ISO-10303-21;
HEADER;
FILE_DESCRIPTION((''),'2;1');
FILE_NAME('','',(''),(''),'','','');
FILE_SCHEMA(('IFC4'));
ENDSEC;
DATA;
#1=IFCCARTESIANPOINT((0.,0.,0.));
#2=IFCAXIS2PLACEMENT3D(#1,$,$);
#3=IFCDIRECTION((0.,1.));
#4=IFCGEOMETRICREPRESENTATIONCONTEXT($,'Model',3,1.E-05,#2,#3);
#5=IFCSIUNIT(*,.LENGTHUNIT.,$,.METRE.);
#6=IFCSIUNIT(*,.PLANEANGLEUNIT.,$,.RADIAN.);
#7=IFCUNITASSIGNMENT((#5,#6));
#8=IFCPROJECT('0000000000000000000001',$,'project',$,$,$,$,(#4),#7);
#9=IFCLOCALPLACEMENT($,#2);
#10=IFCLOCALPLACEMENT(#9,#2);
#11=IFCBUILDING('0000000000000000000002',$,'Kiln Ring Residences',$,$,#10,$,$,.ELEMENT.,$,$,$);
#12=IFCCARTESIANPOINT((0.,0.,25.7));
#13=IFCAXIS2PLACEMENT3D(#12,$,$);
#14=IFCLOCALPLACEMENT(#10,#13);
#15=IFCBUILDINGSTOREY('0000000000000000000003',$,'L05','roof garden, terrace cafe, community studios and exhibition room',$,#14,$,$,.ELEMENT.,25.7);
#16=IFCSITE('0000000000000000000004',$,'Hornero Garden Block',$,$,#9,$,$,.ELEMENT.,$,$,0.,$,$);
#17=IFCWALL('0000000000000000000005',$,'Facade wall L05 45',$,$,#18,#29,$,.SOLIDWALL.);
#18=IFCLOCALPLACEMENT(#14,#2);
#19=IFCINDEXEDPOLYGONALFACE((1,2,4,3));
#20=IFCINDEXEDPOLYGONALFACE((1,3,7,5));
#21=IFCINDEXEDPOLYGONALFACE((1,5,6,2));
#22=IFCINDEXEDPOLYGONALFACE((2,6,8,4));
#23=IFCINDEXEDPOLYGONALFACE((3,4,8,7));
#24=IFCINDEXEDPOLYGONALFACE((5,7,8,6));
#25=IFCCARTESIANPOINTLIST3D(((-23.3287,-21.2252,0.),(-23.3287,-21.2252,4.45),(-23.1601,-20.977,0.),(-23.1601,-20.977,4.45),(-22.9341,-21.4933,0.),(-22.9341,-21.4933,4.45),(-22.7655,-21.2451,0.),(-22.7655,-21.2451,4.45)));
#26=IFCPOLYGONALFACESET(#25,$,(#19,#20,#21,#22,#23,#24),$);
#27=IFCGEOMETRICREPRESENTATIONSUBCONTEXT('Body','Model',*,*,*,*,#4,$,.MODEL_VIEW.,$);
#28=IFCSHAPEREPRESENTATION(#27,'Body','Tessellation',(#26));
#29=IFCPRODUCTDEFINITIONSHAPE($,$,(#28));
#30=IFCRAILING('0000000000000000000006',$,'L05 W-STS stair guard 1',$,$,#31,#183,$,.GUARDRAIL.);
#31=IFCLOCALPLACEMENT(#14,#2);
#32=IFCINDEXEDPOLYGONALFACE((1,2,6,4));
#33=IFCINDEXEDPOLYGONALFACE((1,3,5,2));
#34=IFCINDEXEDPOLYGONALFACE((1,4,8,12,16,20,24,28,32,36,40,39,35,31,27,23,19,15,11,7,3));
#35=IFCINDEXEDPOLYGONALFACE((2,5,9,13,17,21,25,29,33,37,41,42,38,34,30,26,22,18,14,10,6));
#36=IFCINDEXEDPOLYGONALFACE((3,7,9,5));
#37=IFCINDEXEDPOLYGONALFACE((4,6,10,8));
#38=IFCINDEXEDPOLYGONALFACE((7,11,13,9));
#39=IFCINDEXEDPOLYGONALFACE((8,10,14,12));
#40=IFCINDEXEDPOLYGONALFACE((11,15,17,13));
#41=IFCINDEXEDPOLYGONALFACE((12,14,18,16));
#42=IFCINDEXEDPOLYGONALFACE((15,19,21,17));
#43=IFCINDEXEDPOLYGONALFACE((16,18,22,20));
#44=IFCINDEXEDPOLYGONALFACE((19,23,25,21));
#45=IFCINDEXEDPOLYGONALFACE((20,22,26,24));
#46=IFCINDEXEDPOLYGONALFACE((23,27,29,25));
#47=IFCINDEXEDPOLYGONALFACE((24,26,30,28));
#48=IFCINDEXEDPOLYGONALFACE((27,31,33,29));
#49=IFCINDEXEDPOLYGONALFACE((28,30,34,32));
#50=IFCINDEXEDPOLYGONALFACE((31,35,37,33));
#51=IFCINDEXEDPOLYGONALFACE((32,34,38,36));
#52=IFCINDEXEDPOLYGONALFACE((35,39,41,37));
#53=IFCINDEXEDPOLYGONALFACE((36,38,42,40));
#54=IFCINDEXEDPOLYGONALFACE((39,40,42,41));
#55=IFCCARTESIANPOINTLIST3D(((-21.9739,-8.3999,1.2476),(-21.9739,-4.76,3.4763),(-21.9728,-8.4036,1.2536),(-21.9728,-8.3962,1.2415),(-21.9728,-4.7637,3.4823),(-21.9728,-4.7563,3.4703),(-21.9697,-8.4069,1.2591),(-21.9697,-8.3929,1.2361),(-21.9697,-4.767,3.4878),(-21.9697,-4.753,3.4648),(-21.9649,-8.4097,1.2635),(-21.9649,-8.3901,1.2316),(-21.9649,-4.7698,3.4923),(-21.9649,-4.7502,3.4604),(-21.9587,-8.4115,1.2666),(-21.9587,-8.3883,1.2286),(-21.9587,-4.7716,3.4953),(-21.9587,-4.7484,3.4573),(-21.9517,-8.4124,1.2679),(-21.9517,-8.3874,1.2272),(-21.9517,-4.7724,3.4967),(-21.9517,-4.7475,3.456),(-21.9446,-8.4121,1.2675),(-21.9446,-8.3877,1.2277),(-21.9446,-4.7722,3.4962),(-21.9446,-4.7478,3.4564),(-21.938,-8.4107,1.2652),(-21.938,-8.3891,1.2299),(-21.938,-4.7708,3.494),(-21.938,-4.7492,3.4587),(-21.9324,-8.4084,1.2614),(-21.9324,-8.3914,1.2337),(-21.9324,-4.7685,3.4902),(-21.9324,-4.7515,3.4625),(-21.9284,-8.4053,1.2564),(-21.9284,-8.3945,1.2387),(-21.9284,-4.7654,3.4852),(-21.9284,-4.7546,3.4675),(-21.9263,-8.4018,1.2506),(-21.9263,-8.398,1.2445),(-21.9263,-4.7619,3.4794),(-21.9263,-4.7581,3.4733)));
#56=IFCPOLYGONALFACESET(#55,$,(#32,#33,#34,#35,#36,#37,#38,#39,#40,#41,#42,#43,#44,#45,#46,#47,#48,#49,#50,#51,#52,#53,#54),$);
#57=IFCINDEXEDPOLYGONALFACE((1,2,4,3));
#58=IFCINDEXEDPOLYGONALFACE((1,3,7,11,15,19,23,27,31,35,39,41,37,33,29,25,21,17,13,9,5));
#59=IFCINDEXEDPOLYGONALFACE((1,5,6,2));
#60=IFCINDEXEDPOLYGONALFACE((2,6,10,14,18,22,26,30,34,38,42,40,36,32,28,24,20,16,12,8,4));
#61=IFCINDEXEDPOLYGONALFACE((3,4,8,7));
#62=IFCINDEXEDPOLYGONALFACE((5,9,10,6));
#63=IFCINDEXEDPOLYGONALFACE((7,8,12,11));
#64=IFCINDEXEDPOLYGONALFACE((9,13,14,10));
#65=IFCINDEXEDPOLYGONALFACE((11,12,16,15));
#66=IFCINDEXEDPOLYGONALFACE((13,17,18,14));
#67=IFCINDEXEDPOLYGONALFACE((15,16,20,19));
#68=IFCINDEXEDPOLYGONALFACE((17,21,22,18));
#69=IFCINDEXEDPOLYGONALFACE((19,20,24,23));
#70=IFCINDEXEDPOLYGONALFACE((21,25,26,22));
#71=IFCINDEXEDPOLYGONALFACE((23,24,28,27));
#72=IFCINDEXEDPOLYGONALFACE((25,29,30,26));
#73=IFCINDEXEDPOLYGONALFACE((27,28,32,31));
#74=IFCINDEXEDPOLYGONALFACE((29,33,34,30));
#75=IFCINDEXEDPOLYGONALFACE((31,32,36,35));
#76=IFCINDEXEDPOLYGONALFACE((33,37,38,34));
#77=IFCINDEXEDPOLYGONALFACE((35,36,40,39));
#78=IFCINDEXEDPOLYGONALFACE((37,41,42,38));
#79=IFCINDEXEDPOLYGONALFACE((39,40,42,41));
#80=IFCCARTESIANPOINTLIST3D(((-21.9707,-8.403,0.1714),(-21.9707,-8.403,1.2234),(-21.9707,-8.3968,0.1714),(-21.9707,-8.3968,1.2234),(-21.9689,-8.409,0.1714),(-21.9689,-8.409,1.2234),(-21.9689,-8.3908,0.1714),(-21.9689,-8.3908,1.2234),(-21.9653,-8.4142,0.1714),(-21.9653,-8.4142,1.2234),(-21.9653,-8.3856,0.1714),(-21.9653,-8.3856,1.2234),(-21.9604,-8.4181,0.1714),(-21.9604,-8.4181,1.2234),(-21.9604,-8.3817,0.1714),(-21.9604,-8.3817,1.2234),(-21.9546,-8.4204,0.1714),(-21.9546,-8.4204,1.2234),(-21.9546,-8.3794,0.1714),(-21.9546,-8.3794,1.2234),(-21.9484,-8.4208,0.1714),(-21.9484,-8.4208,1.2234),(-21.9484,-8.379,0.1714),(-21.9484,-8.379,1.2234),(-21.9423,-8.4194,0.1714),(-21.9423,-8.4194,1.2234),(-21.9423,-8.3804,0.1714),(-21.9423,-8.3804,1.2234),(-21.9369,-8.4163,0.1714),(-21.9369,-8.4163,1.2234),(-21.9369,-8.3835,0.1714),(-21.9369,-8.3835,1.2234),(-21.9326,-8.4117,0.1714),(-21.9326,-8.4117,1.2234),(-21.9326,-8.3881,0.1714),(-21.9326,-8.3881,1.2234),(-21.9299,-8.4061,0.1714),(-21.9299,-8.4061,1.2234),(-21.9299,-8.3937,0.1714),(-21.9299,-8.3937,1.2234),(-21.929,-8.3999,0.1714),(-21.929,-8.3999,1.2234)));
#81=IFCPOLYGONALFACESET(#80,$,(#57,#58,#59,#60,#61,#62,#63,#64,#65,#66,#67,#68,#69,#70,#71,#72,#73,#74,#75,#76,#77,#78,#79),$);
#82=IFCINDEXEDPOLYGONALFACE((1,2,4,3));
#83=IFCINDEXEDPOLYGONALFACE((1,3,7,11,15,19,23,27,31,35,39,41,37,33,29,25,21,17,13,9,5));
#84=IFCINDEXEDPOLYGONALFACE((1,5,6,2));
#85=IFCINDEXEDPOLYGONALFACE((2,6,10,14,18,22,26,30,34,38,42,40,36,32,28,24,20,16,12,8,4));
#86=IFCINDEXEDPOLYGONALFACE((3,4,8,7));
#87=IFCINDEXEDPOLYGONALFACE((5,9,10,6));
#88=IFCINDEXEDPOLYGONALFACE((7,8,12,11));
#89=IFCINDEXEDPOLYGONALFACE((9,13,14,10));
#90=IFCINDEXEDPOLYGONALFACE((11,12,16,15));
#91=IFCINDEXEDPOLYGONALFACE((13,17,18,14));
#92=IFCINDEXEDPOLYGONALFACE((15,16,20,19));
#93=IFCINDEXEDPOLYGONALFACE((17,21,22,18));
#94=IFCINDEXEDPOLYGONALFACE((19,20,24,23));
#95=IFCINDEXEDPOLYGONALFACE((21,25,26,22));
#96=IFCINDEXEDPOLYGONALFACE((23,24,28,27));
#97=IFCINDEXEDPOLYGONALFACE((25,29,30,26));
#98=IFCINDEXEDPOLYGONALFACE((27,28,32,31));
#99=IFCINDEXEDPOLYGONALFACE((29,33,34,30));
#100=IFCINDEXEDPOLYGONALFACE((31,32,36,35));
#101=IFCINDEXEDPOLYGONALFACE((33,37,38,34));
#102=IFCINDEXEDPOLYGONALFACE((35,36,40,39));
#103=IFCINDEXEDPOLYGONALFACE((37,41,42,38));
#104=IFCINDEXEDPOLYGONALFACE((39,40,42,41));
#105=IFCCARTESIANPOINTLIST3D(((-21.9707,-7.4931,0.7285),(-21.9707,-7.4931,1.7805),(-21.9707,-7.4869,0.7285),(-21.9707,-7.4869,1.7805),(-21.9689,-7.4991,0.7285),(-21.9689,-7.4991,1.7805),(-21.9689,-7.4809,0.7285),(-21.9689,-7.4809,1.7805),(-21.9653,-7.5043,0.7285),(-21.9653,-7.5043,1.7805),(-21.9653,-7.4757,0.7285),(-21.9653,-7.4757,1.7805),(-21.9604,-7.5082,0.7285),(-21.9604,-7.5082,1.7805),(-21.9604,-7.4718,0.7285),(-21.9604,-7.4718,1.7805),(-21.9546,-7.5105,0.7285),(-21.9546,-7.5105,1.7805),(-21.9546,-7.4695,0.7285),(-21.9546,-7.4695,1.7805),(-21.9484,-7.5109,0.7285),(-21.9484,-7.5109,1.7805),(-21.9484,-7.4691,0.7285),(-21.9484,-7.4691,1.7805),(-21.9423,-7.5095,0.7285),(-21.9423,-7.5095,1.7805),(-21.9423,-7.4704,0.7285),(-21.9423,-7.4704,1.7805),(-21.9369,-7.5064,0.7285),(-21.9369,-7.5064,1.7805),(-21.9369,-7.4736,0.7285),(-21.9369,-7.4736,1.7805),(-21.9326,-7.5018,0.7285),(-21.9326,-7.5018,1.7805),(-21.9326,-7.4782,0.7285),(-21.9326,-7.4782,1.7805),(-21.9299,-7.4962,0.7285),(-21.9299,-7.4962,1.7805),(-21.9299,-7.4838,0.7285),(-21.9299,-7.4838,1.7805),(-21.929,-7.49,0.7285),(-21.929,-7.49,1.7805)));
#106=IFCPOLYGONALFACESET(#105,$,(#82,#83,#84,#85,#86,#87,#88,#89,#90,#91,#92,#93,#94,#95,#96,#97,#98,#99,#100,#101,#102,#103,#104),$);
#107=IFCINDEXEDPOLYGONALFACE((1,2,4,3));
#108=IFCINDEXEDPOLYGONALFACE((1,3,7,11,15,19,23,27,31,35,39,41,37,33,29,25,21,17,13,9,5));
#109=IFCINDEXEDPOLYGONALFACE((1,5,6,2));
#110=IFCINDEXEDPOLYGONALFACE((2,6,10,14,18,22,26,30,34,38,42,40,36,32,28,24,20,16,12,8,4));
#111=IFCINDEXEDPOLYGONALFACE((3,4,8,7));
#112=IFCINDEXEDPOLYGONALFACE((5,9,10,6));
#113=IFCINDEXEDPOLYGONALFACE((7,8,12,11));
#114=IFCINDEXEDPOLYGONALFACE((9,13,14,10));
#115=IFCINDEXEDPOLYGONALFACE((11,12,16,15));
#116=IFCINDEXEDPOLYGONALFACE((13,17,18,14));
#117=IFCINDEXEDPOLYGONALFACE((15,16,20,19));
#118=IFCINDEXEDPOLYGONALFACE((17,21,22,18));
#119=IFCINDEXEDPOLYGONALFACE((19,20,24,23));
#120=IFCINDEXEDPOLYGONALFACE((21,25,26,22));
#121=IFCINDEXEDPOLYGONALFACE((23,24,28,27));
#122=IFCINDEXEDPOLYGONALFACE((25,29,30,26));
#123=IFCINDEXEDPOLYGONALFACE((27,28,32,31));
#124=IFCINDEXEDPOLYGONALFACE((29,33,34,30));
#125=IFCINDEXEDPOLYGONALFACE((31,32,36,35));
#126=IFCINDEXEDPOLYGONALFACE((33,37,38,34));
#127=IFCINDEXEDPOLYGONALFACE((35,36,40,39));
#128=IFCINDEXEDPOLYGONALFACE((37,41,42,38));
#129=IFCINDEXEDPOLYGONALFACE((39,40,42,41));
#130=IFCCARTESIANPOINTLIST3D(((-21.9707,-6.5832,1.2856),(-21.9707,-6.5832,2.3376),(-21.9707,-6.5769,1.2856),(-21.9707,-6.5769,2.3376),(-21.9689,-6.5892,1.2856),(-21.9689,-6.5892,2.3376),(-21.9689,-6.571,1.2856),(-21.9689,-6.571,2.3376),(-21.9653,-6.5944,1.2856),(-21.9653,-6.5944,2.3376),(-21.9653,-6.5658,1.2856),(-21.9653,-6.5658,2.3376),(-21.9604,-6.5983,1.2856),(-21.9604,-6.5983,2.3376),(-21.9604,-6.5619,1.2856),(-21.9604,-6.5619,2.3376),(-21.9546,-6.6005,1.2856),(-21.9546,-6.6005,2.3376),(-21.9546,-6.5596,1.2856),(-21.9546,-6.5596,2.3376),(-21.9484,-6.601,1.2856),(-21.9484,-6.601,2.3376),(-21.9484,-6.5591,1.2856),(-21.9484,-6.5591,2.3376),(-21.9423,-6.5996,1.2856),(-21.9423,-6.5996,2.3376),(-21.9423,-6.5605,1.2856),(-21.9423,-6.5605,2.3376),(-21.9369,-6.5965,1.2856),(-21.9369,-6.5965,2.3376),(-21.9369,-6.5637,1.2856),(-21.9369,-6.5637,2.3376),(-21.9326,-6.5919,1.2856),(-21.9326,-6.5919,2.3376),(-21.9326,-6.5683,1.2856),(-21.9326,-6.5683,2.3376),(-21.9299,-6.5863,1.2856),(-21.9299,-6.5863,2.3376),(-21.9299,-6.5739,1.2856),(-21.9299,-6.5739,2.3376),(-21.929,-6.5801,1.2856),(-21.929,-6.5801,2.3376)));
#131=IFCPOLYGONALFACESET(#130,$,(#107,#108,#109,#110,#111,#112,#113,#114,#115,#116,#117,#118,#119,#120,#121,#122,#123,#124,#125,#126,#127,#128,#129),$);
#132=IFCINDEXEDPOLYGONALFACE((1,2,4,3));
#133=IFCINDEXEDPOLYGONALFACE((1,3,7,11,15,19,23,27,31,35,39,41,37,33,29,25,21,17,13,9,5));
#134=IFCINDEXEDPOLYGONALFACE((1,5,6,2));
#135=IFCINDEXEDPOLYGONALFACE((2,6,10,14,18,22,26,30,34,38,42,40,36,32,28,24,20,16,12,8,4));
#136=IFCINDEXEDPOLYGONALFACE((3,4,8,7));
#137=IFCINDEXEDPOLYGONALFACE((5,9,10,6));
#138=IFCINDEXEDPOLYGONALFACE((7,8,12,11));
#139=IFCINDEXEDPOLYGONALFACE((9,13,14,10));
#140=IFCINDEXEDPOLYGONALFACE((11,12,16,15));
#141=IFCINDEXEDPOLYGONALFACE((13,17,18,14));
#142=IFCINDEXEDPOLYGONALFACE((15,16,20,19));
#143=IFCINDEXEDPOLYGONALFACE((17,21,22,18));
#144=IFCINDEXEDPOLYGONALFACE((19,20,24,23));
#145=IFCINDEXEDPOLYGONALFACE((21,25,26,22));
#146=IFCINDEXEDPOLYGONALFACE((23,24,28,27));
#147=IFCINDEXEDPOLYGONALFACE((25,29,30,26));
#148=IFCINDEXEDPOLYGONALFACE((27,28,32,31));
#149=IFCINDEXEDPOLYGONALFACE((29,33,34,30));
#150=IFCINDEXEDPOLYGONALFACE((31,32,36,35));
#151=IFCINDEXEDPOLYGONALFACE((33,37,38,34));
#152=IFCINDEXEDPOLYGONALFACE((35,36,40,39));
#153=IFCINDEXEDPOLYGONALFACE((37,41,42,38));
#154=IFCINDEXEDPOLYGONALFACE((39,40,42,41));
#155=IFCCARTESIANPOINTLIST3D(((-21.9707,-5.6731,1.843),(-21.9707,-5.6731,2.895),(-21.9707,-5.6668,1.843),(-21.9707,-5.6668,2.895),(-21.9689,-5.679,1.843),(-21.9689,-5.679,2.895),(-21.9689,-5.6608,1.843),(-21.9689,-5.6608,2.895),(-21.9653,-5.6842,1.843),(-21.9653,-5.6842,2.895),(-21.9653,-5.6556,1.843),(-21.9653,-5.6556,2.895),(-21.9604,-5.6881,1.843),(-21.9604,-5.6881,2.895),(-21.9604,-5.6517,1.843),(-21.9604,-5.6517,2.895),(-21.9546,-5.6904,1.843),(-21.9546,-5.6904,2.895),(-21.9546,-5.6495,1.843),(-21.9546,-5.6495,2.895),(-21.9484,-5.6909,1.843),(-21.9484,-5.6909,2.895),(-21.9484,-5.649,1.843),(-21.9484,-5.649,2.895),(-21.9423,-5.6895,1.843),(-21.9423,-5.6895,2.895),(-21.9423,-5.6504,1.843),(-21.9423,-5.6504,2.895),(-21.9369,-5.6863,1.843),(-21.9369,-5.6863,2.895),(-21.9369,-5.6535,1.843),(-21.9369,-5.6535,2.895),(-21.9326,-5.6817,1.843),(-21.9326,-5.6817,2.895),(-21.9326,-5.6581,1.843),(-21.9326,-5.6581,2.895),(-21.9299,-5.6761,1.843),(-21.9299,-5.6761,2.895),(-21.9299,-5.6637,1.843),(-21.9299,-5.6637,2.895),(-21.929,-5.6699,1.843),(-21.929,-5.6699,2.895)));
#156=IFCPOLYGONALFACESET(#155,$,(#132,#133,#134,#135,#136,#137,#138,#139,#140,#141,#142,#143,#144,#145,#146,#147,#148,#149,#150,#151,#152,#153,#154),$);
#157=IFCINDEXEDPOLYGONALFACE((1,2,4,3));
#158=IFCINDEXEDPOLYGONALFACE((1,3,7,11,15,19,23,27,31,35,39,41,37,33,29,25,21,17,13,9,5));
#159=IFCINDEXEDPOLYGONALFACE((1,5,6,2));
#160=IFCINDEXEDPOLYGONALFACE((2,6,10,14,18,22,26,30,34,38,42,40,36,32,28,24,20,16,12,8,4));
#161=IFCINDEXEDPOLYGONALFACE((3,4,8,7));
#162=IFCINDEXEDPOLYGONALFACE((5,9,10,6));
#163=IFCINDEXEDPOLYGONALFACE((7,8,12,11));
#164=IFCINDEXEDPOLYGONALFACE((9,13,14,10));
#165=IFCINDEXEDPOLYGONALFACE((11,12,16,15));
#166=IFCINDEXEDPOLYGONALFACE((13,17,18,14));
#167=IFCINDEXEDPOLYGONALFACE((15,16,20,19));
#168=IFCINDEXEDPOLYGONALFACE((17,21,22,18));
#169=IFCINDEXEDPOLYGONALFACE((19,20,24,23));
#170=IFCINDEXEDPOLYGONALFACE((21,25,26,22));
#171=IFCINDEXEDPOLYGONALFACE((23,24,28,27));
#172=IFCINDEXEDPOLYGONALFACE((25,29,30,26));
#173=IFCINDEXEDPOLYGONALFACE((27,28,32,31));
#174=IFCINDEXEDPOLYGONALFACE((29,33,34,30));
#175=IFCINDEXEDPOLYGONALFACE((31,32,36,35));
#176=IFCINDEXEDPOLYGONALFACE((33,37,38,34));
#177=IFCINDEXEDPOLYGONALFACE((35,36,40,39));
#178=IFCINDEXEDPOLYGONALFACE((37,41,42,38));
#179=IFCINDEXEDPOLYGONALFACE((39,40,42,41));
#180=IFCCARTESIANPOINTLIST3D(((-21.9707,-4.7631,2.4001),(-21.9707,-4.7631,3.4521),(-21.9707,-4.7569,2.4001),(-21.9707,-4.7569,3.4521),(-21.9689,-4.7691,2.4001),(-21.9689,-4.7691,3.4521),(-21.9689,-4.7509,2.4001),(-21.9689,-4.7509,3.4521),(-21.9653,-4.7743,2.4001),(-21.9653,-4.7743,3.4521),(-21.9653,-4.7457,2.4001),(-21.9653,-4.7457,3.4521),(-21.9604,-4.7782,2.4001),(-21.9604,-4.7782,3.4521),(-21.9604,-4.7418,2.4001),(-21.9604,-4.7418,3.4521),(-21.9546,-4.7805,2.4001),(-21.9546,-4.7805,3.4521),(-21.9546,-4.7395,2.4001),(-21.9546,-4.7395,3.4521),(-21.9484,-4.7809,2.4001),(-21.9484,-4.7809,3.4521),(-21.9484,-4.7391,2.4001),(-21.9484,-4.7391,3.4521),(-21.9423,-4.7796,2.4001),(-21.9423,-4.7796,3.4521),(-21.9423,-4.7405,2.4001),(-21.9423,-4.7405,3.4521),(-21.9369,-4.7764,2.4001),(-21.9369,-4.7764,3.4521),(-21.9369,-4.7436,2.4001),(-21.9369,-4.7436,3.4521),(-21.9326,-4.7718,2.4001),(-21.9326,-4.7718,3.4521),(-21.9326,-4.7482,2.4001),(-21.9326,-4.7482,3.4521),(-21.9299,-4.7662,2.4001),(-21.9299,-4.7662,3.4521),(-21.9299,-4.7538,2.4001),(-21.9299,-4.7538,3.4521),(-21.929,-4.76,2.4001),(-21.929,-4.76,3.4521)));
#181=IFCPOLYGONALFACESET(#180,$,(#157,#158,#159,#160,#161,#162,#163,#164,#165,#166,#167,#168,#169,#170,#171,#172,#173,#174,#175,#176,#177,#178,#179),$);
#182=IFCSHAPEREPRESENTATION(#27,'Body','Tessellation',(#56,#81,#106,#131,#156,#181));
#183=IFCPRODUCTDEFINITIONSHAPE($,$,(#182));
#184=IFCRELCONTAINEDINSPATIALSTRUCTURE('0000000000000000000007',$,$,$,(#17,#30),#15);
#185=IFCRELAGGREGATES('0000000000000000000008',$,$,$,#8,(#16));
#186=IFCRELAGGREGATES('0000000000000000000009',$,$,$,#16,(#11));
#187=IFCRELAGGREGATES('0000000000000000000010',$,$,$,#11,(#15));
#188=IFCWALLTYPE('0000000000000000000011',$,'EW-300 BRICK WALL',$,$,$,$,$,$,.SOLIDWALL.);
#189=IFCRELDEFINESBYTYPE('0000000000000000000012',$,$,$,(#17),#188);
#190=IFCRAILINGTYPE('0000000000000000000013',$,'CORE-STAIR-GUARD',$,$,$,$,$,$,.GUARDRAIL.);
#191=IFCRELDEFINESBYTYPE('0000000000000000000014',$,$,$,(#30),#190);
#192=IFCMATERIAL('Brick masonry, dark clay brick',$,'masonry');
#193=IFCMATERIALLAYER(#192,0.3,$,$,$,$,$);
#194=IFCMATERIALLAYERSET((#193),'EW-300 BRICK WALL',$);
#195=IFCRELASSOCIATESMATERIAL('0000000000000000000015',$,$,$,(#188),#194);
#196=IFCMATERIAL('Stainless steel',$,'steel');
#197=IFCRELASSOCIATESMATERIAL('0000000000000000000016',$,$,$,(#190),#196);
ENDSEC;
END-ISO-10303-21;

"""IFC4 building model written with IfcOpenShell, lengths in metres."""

from ifc_helpers import new_model, si_unit, direction, frame, frame_2d, origin, origin_2d, place, context, subcontext, project, spatial, rectangle, circle, extrude, material, layer, layer_set, type_object, element, save


model = new_model("IFC4")

# Units and contexts
model_context = context("Model", 3, precision=1e-05, world=origin(), true_north=direction((0.0, 1.0)))
body_context = subcontext(model_context, "Body", "Model", "MODEL_VIEW")
ifc_project = project(units=[si_unit("LENGTHUNIT", "METRE"), si_unit("PLANEANGLEUNIT", "RADIAN")], contexts=[model_context])

# Site, building, storey
site_placement = place(None, origin())
site = spatial("IfcSite", under=ifc_project, at=site_placement, Name="Hornero Garden Block", CompositionType="ELEMENT", RefElevation=0.0)
building_placement = place(site_placement, origin())
building = spatial("IfcBuilding", under=site, at=building_placement, Name="Kiln Ring Residences", CompositionType="ELEMENT")
storey_placement = place(building_placement, frame((0.0, 0.0, 25.7)))
storey = spatial("IfcBuildingStorey", under=building, at=storey_placement, Name="L05", Description="roof garden, terrace cafe, community studios and exhibition room", CompositionType="ELEMENT", Elevation=25.7)

# Wall
ifc_material_1 = material(Name="Brick masonry, dark clay brick", Category="masonry")
ifc_layer_1 = layer(ifc_material_1, 0.3)
ifc_layer_set_1 = layer_set([ifc_layer_1], Name="EW-300 BRICK WALL")
wall_type_1 = type_object("IfcWallType", Name="EW-300 BRICK WALL", PredefinedType="SOLIDWALL", material=ifc_layer_set_1)
wall_1_placement = place(storey_placement, frame((-23.2444, -21.1011, 0.0), z_axis=(0.0, 0.0, 1.0), x_axis=(0.827136, -0.562002, 0.0)))
element("IfcWall", 1, at=wall_1_placement, inside=storey, type_object=wall_type_1, Name="Facade wall L05 45", PredefinedType="SOLIDWALL", context=body_context, shape_type="SweptSolid", body=[
    extrude(rectangle(XDim=0.4771, YDim=0.3, at=frame_2d((0.2385, 0.0))), origin(), (0.0, 0.0, 1.0), 4.45),
])

# Railing
ifc_material_2 = material(Name="Stainless steel", Category="steel")
railing_type_1 = type_object("IfcRailingType", Name="CORE-STAIR-GUARD", PredefinedType="GUARDRAIL", material=ifc_material_2)
railing_1_placement = place(storey_placement, frame((-21.95, -8.3999, 0.1714)))
element("IfcRailing", 2, at=railing_1_placement, inside=storey, type_object=railing_type_1, Name="L05 W-STS stair guard 1", PredefinedType="GUARDRAIL", context=body_context, shape_type="SweptSolid", body=[
    extrude(circle(Radius=0.0239, at=origin_2d()), frame((0.0, 0.0, 1.0762), z_axis=(0.0, 0.852825, 0.522197), x_axis=(-1.0, 0.0, 0.0)), (0.0, 0.0, 1.0), 4.2681),
    extrude(circle(Radius=0.021, at=origin_2d()), origin(), (0.0, 0.0, 1.0), 1.052),
    extrude(circle(Radius=0.021, at=origin_2d()), frame((0.0, 0.9099, 0.5571)), (0.0, 0.0, 1.0), 1.052),
    extrude(circle(Radius=0.021, at=origin_2d()), frame((0.0, 1.8198, 1.1143)), (0.0, 0.0, 1.0), 1.052),
    extrude(circle(Radius=0.021, at=origin_2d()), frame((0.0, 2.73, 1.6716)), (0.0, 0.0, 1.0), 1.052),
    extrude(circle(Radius=0.021, at=origin_2d()), frame((0.0, 3.6399, 2.2288)), (0.0, 0.0, 1.0), 1.052),
])

save(model, "model.ifc")
